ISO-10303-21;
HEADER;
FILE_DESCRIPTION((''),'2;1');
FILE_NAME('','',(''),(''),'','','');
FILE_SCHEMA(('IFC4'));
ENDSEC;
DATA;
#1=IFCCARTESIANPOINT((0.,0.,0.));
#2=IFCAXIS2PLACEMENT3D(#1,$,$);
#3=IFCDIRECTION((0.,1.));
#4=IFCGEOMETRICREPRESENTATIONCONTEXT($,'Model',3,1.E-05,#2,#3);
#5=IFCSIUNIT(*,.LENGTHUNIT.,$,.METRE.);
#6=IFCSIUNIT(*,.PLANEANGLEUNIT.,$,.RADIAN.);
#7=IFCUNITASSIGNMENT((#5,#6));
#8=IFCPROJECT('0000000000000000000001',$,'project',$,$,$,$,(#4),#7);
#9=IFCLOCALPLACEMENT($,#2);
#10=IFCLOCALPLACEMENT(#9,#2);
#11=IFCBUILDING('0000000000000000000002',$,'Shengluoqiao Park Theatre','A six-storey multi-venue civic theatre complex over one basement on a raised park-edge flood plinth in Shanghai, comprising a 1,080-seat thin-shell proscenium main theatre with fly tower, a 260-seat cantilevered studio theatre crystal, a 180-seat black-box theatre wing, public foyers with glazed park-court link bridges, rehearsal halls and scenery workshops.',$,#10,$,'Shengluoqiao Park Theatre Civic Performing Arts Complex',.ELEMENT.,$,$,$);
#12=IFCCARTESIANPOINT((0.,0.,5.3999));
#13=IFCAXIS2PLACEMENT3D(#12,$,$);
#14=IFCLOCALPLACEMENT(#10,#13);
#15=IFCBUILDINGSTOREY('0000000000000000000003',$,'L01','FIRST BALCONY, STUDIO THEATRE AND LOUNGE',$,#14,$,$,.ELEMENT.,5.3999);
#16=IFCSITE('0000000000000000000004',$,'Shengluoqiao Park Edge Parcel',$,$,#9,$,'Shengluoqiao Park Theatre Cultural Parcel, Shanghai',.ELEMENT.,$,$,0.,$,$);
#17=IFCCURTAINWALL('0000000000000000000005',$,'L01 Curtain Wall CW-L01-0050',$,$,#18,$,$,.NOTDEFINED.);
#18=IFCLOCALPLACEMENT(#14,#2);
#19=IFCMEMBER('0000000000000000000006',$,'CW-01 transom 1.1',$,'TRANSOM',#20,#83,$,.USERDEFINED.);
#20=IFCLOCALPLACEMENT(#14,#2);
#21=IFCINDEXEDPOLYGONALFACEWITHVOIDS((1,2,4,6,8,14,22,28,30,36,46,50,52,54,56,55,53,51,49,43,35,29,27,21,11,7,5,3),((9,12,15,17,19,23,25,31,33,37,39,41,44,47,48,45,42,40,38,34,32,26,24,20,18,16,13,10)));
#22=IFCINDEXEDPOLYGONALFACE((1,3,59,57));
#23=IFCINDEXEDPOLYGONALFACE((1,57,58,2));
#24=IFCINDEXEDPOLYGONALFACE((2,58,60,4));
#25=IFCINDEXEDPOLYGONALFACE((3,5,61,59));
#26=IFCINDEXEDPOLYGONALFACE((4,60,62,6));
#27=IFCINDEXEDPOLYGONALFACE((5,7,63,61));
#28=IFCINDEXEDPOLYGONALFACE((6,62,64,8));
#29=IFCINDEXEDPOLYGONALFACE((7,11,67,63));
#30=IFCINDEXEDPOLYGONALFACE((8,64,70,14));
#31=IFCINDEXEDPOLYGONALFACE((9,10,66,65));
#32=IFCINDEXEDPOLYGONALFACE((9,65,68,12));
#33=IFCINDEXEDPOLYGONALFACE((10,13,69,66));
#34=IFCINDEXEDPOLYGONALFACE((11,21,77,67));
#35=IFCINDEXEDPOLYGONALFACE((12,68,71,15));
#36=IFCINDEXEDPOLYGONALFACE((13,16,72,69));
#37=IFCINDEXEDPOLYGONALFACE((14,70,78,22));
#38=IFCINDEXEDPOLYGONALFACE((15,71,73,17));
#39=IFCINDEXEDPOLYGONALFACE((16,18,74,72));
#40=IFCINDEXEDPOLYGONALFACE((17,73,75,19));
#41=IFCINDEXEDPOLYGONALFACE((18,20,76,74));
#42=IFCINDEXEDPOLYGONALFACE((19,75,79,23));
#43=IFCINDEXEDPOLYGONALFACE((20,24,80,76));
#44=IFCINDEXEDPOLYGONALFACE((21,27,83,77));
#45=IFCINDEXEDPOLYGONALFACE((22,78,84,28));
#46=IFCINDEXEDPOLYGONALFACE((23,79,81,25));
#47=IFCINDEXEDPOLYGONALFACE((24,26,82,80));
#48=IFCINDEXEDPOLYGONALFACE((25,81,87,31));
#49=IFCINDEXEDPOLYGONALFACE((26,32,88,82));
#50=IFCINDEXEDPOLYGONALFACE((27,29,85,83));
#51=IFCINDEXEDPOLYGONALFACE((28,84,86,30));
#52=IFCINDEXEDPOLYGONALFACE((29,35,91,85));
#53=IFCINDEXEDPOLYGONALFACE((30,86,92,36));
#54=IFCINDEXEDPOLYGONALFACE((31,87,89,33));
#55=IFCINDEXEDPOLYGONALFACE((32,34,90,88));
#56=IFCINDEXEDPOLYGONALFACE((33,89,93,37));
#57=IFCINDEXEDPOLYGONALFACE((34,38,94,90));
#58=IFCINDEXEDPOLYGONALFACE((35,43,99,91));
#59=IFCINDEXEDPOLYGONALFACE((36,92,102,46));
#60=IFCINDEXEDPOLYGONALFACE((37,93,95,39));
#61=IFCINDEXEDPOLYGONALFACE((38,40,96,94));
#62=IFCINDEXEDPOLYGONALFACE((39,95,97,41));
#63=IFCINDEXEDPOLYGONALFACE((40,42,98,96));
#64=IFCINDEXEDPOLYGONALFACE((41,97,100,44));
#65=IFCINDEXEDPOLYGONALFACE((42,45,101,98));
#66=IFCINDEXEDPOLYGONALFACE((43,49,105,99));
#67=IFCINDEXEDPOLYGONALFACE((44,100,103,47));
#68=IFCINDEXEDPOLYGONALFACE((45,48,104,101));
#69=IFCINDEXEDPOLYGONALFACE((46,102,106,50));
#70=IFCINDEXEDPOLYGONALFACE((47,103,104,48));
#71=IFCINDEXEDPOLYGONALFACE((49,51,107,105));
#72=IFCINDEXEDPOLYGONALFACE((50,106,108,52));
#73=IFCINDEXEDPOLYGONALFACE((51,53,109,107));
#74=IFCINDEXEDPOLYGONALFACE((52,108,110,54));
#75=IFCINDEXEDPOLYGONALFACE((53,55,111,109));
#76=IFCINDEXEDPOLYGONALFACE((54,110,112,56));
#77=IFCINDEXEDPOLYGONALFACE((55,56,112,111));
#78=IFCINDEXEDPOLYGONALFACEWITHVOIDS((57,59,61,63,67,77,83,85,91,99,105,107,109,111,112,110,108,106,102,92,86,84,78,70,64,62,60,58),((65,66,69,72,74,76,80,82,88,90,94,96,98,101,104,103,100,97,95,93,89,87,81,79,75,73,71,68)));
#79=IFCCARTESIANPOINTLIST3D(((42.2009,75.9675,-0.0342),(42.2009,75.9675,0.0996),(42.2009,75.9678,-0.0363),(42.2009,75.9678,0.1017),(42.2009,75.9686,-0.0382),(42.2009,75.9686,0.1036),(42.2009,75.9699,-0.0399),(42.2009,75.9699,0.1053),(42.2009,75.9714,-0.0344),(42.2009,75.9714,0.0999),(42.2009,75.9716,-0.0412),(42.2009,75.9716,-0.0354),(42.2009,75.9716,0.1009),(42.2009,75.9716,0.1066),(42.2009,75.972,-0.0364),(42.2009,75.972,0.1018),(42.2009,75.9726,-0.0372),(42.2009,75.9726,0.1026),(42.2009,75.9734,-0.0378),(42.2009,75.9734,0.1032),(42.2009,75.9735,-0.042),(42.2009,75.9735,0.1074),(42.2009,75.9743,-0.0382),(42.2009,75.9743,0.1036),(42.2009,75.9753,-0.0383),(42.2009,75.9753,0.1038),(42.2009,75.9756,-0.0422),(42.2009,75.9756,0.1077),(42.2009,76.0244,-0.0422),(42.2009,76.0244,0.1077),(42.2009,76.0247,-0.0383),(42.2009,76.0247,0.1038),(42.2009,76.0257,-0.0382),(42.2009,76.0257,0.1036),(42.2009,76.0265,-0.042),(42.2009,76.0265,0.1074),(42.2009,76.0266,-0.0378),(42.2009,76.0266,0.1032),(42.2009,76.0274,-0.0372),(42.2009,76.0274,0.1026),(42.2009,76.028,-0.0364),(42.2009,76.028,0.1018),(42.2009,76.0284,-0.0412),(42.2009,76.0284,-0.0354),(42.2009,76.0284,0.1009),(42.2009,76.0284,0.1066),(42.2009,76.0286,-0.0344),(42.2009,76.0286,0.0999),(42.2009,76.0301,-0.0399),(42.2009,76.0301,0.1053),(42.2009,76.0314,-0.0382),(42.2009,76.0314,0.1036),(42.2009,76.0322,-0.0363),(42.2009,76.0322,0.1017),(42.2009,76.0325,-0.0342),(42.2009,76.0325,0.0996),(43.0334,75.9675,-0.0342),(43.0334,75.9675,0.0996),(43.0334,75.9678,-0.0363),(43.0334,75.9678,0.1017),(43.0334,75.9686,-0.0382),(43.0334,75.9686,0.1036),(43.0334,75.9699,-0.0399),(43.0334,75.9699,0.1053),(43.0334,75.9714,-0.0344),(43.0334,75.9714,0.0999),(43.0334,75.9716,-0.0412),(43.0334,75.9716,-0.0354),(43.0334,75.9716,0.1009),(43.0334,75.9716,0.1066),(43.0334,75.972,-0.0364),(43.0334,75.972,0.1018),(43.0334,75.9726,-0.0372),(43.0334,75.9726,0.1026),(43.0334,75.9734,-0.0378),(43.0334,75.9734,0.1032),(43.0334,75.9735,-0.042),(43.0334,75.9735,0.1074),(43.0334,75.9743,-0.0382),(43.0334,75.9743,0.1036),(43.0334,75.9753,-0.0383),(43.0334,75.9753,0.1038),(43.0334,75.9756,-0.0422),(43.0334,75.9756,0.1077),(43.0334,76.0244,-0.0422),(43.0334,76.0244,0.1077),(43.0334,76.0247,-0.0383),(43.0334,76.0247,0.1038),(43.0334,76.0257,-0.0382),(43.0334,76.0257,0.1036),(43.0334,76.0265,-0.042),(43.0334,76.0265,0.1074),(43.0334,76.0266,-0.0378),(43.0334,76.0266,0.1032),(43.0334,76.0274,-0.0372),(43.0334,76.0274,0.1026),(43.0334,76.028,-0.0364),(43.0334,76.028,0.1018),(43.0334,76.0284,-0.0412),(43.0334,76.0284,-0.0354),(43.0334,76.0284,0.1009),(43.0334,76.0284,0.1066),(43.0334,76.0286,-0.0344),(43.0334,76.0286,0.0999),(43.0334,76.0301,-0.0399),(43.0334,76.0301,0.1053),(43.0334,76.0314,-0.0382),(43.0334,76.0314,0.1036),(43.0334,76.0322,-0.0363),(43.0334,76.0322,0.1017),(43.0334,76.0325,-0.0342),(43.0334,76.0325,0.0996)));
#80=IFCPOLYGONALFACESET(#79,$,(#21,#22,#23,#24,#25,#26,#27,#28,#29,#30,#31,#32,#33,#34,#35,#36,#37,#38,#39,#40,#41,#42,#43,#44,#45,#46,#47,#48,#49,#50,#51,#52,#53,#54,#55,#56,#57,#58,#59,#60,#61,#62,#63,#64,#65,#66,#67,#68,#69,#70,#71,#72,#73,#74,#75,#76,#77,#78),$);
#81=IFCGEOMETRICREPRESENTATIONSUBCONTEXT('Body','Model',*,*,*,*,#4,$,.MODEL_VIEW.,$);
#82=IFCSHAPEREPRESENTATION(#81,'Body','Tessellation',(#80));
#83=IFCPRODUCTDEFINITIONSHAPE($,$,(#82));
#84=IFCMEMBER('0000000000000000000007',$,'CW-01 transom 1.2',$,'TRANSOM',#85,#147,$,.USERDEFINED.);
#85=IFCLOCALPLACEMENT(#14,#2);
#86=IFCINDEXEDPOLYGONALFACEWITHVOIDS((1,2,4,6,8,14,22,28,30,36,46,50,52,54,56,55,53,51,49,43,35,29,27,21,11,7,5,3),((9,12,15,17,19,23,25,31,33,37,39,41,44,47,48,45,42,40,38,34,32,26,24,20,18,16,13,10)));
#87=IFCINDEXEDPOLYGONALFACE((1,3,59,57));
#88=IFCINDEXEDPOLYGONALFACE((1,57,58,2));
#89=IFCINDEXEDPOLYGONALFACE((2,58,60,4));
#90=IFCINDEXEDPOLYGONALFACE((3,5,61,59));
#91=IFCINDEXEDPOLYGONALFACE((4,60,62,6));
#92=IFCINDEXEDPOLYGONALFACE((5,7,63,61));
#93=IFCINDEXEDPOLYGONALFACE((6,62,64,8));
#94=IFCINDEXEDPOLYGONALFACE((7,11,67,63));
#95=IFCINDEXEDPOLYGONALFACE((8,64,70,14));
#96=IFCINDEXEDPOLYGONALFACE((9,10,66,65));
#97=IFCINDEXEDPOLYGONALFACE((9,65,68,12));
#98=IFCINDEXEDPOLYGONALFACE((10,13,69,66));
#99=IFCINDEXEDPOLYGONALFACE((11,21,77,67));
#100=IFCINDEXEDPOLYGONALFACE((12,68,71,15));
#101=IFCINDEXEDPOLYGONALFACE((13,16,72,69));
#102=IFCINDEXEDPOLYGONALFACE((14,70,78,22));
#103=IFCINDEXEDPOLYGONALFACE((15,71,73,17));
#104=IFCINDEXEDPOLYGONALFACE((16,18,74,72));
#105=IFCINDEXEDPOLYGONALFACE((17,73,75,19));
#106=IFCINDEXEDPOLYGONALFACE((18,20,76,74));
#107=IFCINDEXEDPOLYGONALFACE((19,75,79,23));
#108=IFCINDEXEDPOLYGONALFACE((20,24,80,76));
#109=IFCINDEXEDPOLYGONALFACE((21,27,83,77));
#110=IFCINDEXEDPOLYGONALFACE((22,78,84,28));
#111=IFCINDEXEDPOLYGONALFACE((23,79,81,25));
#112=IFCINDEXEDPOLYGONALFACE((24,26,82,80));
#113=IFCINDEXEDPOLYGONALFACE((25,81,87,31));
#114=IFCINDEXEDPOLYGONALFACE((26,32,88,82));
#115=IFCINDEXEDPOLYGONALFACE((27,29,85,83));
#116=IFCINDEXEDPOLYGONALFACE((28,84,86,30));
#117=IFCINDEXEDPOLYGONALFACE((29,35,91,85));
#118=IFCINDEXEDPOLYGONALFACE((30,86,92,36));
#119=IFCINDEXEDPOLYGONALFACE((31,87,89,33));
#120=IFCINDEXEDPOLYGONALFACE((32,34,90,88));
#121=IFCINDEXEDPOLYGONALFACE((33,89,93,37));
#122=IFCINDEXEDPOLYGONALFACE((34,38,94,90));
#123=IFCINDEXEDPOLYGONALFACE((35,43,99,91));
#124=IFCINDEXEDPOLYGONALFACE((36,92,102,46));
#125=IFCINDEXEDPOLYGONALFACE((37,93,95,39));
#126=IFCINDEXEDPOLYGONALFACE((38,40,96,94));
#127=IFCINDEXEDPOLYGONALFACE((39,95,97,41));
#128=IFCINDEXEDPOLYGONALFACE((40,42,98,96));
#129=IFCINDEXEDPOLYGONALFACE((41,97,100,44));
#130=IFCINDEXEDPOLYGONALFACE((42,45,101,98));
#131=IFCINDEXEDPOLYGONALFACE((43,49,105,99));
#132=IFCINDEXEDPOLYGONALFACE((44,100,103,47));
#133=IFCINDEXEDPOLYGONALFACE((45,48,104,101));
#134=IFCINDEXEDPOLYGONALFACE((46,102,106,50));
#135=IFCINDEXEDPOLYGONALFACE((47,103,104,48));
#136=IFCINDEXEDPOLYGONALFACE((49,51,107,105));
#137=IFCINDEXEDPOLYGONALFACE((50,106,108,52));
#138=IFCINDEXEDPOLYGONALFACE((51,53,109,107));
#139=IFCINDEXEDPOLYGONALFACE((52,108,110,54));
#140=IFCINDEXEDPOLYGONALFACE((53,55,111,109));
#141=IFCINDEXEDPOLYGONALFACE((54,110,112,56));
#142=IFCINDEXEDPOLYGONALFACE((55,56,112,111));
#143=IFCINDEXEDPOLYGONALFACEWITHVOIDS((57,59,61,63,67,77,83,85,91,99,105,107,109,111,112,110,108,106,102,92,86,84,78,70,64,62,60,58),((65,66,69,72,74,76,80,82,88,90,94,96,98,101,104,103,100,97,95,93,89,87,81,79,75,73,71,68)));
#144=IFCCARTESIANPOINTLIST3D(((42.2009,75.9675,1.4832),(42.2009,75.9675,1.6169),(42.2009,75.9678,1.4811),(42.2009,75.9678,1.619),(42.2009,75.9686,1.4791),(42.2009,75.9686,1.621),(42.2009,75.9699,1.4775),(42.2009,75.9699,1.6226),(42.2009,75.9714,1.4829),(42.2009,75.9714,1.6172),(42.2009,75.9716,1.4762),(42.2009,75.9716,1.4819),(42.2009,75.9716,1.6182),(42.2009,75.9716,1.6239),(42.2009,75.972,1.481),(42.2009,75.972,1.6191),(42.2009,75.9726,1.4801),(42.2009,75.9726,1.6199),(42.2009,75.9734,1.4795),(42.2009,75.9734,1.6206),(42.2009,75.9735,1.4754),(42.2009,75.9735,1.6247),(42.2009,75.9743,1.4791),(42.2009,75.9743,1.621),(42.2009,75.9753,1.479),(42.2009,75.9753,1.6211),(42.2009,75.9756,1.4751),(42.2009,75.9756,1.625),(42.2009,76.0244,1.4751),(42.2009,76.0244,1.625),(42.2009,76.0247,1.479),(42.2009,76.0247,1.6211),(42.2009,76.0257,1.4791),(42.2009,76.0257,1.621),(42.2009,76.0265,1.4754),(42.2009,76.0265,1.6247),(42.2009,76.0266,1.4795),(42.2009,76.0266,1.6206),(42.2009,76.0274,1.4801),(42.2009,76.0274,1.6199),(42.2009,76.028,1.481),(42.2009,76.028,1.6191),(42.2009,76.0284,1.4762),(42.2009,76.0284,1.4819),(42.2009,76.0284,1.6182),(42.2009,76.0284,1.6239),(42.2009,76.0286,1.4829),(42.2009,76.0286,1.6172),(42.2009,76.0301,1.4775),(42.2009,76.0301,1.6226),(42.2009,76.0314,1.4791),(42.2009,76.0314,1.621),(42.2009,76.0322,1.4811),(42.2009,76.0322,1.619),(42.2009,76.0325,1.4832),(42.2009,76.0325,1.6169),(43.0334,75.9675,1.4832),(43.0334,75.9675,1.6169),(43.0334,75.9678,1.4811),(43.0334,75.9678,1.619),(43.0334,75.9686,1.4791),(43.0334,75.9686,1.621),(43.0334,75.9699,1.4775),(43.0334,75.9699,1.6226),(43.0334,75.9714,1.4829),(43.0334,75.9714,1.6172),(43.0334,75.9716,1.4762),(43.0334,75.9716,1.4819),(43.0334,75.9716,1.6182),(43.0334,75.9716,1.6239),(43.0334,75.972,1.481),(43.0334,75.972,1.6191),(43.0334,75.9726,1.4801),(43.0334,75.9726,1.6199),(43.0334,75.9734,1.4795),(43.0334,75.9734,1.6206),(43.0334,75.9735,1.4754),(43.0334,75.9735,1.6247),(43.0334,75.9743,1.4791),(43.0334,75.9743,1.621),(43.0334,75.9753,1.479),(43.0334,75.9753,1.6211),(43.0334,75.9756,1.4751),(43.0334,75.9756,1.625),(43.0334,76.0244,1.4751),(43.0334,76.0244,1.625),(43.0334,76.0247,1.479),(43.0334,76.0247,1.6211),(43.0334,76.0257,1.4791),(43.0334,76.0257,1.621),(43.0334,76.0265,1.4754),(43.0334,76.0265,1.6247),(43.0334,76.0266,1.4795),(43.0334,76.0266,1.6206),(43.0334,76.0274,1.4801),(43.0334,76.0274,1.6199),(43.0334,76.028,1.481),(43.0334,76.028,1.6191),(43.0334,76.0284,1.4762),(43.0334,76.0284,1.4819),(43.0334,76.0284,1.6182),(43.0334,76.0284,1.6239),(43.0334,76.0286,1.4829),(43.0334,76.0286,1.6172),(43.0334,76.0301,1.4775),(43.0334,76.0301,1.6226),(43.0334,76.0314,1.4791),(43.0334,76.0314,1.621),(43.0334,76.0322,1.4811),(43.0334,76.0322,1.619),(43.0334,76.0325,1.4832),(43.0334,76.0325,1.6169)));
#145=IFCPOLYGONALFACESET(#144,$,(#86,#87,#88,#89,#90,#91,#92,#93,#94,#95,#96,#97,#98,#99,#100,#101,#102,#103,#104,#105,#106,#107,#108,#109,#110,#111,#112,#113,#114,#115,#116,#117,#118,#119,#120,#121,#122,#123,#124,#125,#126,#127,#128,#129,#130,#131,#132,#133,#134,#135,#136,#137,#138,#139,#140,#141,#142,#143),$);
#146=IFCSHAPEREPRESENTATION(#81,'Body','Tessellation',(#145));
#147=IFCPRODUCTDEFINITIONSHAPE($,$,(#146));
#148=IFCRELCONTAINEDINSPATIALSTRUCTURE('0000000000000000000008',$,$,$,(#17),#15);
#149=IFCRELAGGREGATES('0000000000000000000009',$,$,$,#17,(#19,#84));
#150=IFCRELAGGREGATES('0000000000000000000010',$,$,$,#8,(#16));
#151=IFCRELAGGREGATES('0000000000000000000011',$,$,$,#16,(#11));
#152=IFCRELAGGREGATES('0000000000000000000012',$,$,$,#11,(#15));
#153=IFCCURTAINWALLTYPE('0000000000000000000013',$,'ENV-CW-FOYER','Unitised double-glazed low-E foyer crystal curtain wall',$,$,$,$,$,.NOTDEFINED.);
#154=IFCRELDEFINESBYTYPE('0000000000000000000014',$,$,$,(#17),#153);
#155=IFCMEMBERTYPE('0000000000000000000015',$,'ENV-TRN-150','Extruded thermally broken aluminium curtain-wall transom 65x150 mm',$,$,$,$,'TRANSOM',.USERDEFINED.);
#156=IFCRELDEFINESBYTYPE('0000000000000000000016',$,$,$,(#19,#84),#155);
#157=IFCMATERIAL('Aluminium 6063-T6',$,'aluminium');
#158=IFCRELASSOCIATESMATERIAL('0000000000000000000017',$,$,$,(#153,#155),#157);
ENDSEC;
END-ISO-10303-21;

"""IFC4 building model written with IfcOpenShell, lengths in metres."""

from ifc_helpers import new_model, si_unit, direction, frame, origin, origin_2d, place, context, subcontext, project, spatial, hollow_rectangle, extrude, material, material_profile, profile_set, type_object, element, aggregate, save


model = new_model("IFC4")

# Units and contexts
model_context = context("Model", 3, precision=1e-05, world=origin(), true_north=direction((0.0, 1.0)))
body_context = subcontext(model_context, "Body", "Model", "MODEL_VIEW")
ifc_project = project(units=[si_unit("LENGTHUNIT", "METRE"), si_unit("PLANEANGLEUNIT", "RADIAN")], contexts=[model_context])

# Site, building, storey
site_placement = place(None, origin())
site = spatial("IfcSite", under=ifc_project, at=site_placement, Name="Shengluoqiao Park Edge Parcel", LongName="Shengluoqiao Park Theatre Cultural Parcel, Shanghai", CompositionType="ELEMENT", RefElevation=0.0)
building_placement = place(site_placement, origin())
building = spatial("IfcBuilding", under=site, at=building_placement, Name="Shengluoqiao Park Theatre", Description="A six-storey multi-venue civic theatre complex over one basement on a raised park-edge flood plinth in Shanghai, comprising a 1,080-seat thin-shell proscenium main theatre with fly tower, a 260-seat cantilevered studio theatre crystal, a 180-seat black-box theatre wing, public foyers with glazed park-court link bridges, rehearsal halls and scenery workshops.", LongName="Shengluoqiao Park Theatre Civic Performing Arts Complex", CompositionType="ELEMENT")
storey_placement = place(building_placement, frame((0.0, 0.0, 5.3999)))
storey = spatial("IfcBuildingStorey", under=building, at=storey_placement, Name="L01", Description="FIRST BALCONY, STUDIO THEATRE AND LOUNGE", CompositionType="ELEMENT", Elevation=5.3999)

# Shared definitions
ifc_material_1 = material(Name="Aluminium 6063-T6", Category="aluminium")
curtain_wall_type = type_object("IfcCurtainWallType", Name="ENV-CW-FOYER", Description="Unitised double-glazed low-E foyer crystal curtain wall", PredefinedType="NOTDEFINED", material=ifc_material_1)

# Curtain wall
curtain_wall_1_placement = place(storey_placement, origin())
curtain_wall_1 = element("IfcCurtainWall", 1, at=curtain_wall_1_placement, inside=storey, type_object=curtain_wall_type, Name="L01 Curtain Wall CW-L01-0050", PredefinedType="NOTDEFINED")

# Members
ifc_material_profile_1 = material_profile(ifc_material_1, hollow_rectangle(XDim=0.0649, YDim=0.1499, WallThickness=0.0039, InnerFilletRadius=0.0039, OuterFilletRadius=0.0081, at=origin_2d()), Name="ALU TRANSOM 150x65x4")
ifc_profile_set_1 = profile_set([ifc_material_profile_1], Name="Aluminium 6063-T6")
member_type_1 = type_object("IfcMemberType", Name="ENV-TRN-150", Description="Extruded thermally broken aluminium curtain-wall transom 65x150 mm", ElementType="TRANSOM", PredefinedType="USERDEFINED", material=ifc_profile_set_1)
member_1_placement = place(storey_placement, frame((42.2009, 76.0, 0.0327), z_axis=(1.0, 0.0, 0.0), x_axis=(0.0, 1.0, 0.0)))
member_1 = element("IfcMember", 2, at=member_1_placement, type_object=member_type_1, Name="CW-01 transom 1.1", ObjectType="TRANSOM", PredefinedType="USERDEFINED", context=body_context, shape_type="SweptSolid", body=[
    extrude(hollow_rectangle(XDim=0.0649, YDim=0.1499, WallThickness=0.0039, InnerFilletRadius=0.0039, OuterFilletRadius=0.0081, at=origin_2d()), origin(), (0.0, 0.0, 1.0), 0.8325),
])
member_2_placement = place(storey_placement, frame((42.2009, 76.0, 1.55), z_axis=(1.0, 0.0, 0.0), x_axis=(0.0, 1.0, 0.0)))
member_2 = element("IfcMember", 3, at=member_2_placement, type_object=member_type_1, Name="CW-01 transom 1.2", ObjectType="TRANSOM", PredefinedType="USERDEFINED", context=body_context, shape_type="SweptSolid", body=[
    extrude(hollow_rectangle(XDim=0.0649, YDim=0.1499, WallThickness=0.0039, InnerFilletRadius=0.0039, OuterFilletRadius=0.0081, at=origin_2d()), origin(), (0.0, 0.0, 1.0), 0.8325),
])

aggregate(curtain_wall_1, [member_1, member_2])

save(model, "model.ifc")
